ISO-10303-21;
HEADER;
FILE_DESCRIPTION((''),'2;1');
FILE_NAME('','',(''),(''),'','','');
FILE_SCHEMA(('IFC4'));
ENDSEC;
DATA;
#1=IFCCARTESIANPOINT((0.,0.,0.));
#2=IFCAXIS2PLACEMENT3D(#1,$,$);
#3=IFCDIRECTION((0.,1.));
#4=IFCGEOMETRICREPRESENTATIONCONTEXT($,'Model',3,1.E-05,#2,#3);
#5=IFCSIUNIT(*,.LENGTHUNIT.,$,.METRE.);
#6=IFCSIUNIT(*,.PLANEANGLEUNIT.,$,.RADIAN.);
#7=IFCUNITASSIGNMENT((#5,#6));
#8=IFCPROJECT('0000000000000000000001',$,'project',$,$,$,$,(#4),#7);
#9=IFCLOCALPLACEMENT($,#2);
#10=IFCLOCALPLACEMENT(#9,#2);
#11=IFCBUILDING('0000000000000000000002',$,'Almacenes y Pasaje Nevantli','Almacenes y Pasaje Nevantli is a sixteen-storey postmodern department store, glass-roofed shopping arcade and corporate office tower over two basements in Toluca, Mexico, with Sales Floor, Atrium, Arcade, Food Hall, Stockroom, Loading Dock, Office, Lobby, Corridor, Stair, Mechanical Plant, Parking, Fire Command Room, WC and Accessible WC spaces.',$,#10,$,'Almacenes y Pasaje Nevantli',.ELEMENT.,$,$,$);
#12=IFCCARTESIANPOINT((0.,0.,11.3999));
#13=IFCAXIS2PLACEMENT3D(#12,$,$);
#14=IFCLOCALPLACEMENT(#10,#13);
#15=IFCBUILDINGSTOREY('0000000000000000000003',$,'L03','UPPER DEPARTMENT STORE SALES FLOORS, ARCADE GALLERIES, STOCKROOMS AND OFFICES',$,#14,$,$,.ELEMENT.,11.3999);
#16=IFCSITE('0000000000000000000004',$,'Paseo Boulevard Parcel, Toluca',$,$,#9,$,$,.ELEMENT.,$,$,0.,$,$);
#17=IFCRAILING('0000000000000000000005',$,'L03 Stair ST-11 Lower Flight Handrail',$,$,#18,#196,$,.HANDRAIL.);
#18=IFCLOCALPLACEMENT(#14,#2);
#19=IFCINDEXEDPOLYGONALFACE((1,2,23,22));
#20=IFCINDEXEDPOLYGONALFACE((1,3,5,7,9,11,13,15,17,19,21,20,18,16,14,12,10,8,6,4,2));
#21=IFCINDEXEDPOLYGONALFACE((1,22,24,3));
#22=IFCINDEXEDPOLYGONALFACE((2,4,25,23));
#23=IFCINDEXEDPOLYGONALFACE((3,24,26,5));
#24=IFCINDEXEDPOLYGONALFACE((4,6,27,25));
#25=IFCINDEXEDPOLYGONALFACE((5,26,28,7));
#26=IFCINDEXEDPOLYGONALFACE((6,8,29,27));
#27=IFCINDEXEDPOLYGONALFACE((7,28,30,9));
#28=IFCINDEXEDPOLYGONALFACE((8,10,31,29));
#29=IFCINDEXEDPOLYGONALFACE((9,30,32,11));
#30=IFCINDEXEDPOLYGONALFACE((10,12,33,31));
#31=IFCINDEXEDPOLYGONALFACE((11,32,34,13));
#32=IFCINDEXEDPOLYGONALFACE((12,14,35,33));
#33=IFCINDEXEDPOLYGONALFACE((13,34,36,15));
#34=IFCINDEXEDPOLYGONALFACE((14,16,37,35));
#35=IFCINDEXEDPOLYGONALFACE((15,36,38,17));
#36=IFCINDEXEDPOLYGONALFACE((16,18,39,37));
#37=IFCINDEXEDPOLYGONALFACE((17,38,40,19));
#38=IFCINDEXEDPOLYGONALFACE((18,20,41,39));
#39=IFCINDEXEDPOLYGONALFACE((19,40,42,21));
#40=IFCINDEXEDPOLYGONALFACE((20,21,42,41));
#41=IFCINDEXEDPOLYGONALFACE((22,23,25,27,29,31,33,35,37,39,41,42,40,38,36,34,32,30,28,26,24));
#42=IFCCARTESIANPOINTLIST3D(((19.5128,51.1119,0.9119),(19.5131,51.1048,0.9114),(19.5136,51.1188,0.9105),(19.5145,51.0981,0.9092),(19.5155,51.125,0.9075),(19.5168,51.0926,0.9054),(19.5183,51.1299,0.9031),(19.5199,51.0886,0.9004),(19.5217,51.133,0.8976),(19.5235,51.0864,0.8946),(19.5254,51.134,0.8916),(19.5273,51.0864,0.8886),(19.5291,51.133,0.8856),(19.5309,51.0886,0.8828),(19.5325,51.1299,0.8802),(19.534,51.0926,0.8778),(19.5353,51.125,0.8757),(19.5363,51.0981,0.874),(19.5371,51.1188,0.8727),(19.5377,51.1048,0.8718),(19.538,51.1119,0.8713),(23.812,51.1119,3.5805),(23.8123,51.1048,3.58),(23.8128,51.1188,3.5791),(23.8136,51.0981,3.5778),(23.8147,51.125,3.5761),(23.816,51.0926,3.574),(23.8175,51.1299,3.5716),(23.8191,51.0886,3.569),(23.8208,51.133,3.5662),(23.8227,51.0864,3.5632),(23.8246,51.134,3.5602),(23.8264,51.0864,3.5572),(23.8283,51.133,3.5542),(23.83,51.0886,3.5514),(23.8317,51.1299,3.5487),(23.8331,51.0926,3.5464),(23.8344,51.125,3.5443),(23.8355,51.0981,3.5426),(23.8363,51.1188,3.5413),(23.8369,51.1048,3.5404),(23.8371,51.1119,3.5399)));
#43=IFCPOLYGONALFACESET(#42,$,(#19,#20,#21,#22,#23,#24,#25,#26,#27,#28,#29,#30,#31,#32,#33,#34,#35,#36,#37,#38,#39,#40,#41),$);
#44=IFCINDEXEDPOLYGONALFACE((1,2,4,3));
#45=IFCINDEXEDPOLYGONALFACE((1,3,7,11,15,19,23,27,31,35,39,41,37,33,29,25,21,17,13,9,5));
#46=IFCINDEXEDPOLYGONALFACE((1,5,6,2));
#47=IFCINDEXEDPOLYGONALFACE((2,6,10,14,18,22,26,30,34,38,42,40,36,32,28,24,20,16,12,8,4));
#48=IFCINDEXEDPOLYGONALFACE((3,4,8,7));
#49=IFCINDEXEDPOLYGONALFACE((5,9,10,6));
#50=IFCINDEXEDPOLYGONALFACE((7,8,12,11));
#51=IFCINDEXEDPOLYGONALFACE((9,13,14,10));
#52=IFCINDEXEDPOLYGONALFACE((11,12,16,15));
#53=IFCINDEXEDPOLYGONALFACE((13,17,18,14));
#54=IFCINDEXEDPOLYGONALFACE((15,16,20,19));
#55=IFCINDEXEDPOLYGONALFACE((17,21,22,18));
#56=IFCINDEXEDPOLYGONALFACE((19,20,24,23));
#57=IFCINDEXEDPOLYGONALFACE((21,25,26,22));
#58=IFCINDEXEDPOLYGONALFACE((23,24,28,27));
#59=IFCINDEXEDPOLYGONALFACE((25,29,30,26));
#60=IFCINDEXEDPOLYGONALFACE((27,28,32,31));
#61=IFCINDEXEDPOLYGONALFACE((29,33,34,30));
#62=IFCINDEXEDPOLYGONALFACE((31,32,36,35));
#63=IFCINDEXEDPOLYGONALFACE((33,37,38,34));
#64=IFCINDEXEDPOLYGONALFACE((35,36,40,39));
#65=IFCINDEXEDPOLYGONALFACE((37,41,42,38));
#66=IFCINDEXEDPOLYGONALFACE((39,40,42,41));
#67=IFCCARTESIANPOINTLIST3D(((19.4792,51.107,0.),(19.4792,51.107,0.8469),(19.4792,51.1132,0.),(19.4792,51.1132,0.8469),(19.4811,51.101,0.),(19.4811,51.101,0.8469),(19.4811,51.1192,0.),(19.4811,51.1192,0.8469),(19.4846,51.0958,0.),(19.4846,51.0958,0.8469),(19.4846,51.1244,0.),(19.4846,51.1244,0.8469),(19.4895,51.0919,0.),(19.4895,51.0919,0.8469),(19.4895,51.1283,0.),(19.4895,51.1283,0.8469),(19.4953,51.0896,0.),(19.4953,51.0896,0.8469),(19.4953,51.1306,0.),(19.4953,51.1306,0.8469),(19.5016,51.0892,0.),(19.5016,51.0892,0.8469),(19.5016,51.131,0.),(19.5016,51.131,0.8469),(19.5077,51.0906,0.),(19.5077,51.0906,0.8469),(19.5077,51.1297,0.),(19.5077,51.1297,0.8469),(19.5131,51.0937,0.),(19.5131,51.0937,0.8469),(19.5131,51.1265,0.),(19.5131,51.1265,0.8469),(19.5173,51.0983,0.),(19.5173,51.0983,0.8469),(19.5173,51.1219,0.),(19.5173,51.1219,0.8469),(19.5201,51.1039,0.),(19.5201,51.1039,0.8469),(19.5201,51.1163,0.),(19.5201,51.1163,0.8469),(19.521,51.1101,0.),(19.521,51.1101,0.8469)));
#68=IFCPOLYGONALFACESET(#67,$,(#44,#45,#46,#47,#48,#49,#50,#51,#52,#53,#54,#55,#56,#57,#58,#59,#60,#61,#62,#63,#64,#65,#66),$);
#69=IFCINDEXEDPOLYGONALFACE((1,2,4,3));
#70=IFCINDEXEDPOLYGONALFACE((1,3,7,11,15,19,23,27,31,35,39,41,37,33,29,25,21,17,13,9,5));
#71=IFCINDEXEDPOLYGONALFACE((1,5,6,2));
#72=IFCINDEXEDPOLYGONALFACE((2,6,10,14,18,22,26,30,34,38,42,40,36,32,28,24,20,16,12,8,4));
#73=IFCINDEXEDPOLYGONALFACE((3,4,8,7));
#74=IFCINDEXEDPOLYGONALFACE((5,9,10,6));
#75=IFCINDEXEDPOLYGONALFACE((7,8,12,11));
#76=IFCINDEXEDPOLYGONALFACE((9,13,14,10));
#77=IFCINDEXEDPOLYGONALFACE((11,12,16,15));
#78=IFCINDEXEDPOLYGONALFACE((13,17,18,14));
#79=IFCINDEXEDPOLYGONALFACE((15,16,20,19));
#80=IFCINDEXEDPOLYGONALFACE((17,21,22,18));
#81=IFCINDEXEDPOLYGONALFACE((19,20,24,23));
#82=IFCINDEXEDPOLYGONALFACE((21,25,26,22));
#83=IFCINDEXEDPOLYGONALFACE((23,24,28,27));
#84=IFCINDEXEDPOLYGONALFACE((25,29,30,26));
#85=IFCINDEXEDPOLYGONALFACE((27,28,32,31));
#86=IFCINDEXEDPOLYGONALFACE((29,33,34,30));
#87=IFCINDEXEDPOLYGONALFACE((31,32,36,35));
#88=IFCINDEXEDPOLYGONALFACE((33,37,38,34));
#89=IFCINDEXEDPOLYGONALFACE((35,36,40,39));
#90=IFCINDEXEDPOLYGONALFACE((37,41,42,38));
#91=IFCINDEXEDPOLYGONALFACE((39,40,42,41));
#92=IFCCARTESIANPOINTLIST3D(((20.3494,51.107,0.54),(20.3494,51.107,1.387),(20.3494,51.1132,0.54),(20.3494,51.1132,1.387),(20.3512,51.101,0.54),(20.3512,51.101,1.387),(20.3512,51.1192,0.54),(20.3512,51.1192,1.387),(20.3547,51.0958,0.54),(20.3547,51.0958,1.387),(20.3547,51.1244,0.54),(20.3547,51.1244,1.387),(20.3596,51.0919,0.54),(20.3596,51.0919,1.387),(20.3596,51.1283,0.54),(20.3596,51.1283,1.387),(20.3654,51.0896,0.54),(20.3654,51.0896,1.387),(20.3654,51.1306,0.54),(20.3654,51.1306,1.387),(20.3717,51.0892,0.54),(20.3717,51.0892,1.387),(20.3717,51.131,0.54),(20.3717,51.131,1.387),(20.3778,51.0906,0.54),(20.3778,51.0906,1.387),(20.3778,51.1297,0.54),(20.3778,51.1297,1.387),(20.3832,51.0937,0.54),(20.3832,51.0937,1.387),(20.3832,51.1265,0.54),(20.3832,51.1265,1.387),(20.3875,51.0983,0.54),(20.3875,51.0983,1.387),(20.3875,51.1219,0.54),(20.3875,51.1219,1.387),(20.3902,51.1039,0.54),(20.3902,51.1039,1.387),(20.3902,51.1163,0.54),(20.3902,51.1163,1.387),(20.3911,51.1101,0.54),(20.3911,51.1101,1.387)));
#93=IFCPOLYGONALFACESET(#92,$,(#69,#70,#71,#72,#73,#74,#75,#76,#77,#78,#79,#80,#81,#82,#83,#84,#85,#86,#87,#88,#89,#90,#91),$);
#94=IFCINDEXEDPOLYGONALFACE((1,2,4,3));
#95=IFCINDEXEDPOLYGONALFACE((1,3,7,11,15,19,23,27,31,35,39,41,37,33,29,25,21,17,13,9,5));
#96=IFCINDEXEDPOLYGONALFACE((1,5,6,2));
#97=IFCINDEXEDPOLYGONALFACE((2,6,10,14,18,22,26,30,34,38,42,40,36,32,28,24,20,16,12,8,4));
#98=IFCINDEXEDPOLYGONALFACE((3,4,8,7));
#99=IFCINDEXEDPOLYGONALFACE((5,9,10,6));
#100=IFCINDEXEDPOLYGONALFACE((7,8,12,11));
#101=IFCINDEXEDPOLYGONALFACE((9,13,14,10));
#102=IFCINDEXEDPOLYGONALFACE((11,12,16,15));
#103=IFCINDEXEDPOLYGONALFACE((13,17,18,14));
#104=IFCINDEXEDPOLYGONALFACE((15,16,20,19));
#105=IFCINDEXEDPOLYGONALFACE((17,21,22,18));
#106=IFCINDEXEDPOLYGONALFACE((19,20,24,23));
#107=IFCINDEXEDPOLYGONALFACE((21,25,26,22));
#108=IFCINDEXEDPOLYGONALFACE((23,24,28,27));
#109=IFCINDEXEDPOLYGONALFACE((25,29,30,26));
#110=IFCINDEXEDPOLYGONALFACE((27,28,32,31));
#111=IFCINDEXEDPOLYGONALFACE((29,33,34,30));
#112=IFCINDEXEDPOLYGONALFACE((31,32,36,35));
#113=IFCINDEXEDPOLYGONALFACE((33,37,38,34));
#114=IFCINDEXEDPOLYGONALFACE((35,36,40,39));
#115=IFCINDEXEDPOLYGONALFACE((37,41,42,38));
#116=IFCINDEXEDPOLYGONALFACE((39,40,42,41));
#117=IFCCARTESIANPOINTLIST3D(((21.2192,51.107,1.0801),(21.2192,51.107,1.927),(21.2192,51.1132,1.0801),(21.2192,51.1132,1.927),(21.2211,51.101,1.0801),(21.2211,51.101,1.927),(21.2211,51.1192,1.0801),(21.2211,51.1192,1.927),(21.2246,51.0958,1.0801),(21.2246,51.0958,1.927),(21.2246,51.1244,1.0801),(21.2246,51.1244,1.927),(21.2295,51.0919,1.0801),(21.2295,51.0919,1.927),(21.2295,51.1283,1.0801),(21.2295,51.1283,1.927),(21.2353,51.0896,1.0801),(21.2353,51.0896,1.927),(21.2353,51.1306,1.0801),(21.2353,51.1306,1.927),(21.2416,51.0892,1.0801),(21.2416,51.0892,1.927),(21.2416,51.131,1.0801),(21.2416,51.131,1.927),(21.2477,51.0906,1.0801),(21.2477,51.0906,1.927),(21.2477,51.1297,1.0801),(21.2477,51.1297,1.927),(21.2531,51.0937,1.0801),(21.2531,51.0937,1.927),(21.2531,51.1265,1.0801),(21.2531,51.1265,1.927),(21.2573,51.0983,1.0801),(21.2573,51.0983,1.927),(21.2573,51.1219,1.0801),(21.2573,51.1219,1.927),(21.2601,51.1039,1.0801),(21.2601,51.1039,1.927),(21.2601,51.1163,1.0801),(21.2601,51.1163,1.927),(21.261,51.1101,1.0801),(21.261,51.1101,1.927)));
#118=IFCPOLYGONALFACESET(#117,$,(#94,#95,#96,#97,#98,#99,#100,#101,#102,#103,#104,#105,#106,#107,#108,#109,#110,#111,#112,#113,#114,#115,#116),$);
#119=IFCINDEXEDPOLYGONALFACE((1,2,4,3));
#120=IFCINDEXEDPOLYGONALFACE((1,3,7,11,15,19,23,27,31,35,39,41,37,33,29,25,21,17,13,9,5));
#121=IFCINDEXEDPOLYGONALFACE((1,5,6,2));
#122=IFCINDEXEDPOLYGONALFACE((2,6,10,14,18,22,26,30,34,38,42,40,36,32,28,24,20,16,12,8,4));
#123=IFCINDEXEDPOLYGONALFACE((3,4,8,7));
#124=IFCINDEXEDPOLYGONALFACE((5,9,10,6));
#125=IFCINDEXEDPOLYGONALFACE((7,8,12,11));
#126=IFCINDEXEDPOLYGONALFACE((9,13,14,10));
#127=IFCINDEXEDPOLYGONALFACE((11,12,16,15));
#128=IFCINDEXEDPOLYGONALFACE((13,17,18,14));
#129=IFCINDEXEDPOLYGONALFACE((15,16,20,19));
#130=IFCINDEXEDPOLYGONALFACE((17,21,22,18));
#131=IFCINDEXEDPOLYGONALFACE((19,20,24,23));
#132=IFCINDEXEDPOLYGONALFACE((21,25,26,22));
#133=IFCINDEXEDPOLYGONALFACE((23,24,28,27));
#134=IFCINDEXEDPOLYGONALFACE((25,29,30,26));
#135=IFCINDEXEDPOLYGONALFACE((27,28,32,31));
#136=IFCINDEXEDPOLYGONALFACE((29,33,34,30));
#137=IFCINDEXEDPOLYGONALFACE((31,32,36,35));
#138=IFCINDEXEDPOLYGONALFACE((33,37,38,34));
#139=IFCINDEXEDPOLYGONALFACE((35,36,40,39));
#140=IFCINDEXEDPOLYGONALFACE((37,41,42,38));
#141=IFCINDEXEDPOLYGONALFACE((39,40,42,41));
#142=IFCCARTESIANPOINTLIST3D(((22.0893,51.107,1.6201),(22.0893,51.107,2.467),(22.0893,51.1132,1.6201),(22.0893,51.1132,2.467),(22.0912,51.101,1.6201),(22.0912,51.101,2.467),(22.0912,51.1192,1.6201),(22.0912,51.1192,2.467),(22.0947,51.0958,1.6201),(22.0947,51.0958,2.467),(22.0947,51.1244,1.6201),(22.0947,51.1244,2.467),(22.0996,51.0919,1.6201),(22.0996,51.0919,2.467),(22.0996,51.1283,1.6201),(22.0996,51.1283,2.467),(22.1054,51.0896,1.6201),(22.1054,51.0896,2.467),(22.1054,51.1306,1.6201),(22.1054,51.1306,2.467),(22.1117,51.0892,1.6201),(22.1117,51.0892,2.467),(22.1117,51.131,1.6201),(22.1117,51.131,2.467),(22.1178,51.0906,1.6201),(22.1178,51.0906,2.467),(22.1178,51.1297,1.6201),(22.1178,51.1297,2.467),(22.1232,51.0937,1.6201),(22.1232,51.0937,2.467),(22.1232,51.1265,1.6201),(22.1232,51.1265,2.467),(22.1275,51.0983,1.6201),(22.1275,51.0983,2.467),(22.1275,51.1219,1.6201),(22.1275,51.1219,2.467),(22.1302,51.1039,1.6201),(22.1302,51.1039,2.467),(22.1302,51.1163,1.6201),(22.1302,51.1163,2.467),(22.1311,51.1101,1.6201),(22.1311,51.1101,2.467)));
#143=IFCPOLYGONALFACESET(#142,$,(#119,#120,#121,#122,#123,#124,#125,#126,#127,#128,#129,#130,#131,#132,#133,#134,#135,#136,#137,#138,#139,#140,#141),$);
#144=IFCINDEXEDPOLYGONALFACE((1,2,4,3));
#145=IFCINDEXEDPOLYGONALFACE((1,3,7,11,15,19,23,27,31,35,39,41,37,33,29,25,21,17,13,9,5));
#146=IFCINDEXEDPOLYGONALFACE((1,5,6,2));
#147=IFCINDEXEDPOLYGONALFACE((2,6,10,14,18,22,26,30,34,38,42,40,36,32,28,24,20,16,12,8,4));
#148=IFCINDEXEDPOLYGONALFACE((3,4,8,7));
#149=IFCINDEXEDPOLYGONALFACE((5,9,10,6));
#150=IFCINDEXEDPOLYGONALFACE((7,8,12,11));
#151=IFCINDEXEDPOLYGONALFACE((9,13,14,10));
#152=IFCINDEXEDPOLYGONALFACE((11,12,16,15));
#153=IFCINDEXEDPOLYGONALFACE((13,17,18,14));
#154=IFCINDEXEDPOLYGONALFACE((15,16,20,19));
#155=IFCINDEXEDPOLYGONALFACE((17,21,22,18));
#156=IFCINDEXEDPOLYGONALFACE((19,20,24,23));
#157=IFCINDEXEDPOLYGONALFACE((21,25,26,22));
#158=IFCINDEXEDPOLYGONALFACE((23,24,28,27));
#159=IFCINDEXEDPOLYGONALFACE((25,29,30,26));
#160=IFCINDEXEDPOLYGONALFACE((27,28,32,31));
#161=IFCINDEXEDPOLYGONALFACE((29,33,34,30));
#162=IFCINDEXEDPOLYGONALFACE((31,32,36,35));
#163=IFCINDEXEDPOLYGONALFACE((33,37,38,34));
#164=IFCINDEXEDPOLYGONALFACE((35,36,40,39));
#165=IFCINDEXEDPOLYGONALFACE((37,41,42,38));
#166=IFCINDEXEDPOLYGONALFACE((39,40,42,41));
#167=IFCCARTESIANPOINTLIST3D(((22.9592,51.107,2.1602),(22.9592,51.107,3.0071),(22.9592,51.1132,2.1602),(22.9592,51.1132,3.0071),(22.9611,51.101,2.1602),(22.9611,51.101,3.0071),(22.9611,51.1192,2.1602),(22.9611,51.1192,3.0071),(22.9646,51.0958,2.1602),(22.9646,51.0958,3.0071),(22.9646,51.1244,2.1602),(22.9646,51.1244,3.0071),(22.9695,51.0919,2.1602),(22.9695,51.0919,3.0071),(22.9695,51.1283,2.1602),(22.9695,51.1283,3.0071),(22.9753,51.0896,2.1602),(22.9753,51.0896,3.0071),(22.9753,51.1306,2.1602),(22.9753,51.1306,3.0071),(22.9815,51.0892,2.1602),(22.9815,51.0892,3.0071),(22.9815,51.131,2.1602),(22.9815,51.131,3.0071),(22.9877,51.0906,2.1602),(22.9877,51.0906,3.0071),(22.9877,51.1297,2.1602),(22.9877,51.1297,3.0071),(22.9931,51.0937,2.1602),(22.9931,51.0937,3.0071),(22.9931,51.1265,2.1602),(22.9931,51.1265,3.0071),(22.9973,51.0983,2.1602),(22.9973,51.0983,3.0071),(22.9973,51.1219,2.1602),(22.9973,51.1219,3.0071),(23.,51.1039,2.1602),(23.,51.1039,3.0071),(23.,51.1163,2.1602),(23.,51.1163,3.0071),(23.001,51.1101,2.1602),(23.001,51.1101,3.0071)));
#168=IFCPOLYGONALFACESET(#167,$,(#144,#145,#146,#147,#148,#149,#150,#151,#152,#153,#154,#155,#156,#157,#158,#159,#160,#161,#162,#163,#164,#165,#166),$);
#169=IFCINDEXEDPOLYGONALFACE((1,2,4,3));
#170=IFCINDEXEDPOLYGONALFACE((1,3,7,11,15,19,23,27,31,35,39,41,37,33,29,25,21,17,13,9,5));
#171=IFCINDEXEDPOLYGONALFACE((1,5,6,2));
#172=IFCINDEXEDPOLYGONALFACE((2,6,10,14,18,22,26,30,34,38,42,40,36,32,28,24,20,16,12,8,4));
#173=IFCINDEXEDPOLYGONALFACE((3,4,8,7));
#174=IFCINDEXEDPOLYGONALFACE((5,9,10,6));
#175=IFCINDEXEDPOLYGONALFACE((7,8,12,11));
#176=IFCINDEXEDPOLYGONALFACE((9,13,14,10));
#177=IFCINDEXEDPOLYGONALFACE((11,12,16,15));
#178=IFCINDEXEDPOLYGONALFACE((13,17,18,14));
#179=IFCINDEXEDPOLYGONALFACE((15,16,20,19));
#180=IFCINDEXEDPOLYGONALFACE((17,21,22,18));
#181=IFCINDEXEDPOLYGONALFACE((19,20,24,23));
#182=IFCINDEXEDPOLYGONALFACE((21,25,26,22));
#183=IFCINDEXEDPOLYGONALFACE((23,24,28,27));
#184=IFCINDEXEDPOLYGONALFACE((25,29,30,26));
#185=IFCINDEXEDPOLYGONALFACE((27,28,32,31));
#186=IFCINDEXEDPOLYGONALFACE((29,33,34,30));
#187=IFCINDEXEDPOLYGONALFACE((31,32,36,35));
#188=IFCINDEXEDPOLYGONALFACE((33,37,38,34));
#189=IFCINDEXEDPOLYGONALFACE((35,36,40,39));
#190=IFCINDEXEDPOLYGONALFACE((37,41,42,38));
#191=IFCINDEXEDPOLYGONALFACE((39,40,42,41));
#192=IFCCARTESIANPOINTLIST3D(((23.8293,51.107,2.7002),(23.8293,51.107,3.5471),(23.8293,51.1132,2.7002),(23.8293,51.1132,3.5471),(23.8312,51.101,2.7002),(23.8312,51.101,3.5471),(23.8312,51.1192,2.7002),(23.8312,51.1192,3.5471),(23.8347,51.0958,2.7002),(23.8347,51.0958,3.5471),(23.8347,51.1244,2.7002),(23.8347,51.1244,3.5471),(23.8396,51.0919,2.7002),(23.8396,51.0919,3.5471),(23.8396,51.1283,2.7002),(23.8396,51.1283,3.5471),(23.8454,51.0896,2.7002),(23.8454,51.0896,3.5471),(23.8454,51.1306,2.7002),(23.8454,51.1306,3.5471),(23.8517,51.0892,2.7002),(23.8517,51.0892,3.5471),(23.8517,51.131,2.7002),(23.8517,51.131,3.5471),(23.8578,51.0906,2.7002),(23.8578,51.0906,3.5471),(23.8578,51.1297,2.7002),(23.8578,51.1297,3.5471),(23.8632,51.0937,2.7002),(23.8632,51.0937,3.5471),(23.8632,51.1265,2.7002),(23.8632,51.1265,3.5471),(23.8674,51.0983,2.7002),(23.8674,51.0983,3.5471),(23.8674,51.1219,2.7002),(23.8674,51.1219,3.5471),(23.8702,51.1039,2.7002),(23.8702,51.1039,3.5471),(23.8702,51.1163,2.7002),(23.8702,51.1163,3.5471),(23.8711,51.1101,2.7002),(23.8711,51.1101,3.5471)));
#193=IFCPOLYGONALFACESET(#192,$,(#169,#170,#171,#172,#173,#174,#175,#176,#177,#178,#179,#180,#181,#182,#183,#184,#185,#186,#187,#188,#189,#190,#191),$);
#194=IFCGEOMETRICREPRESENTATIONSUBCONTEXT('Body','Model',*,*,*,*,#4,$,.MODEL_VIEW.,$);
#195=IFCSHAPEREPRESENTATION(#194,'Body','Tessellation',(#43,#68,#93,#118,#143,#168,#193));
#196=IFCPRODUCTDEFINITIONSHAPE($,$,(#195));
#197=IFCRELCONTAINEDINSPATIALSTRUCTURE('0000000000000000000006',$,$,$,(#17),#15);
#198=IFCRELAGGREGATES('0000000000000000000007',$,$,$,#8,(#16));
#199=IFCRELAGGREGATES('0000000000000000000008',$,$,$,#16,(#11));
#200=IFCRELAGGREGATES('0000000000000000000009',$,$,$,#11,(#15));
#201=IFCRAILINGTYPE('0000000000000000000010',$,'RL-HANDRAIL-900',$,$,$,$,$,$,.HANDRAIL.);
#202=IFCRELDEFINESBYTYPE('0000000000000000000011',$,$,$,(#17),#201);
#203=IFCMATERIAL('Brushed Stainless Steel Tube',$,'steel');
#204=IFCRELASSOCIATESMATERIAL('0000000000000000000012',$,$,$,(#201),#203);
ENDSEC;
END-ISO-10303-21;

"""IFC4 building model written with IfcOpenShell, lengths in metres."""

from ifc_helpers import new_model, si_unit, direction, frame, origin, origin_2d, place, context, subcontext, project, spatial, circle, extrude, material, type_object, element, save


model = new_model("IFC4")

# Units and contexts
model_context = context("Model", 3, precision=1e-05, world=origin(), true_north=direction((0.0, 1.0)))
body_context = subcontext(model_context, "Body", "Model", "MODEL_VIEW")
ifc_project = project(units=[si_unit("LENGTHUNIT", "METRE"), si_unit("PLANEANGLEUNIT", "RADIAN")], contexts=[model_context])

# Site, building, storey
site_placement = place(None, origin())
site = spatial("IfcSite", under=ifc_project, at=site_placement, Name="Paseo Boulevard Parcel, Toluca", CompositionType="ELEMENT", RefElevation=0.0)
building_placement = place(site_placement, origin())
building = spatial("IfcBuilding", under=site, at=building_placement, Name="Almacenes y Pasaje Nevantli", Description="Almacenes y Pasaje Nevantli is a sixteen-storey postmodern department store, glass-roofed shopping arcade and corporate office tower over two basements in Toluca, Mexico, with Sales Floor, Atrium, Arcade, Food Hall, Stockroom, Loading Dock, Office, Lobby, Corridor, Stair, Mechanical Plant, Parking, Fire Command Room, WC and Accessible WC spaces.", LongName="Almacenes y Pasaje Nevantli", CompositionType="ELEMENT")
storey_placement = place(building_placement, frame((0.0, 0.0, 11.3999)))
storey = spatial("IfcBuildingStorey", under=building, at=storey_placement, Name="L03", Description="UPPER DEPARTMENT STORE SALES FLOORS, ARCADE GALLERIES, STOCKROOMS AND OFFICES", CompositionType="ELEMENT", Elevation=11.3999)

# Railing
ifc_material_1 = material(Name="Brushed Stainless Steel Tube", Category="steel")
railing_type_1 = type_object("IfcRailingType", Name="RL-HANDRAIL-900", PredefinedType="HANDRAIL", material=ifc_material_1)
railing_1_placement = place(storey_placement, frame((19.5, 51.1101, 0.0)))
element("IfcRailing", 1, at=railing_1_placement, inside=storey, type_object=railing_type_1, Name="L03 Stair ST-11 Lower Flight Handrail", PredefinedType="HANDRAIL", context=body_context, shape_type="SweptSolid", body=[
    extrude(circle(Radius=0.0239, at=origin_2d()), frame((0.0254, 0.0, 0.8916), z_axis=(0.849628, 0.0, 0.527382), x_axis=(0.0, 1.0, 0.0)), (0.0, 0.0, 1.0), 5.0601),
    extrude(circle(Radius=0.021, at=origin_2d()), origin(), (0.0, 0.0, 1.0), 0.8469),
    extrude(circle(Radius=0.021, at=origin_2d()), frame((0.8701, 0.0, 0.54)), (0.0, 0.0, 1.0), 0.8469),
    extrude(circle(Radius=0.021, at=origin_2d()), frame((1.74, 0.0, 1.0801)), (0.0, 0.0, 1.0), 0.8469),
    extrude(circle(Radius=0.021, at=origin_2d()), frame((2.6101, 0.0, 1.6201)), (0.0, 0.0, 1.0), 0.8469),
    extrude(circle(Radius=0.021, at=origin_2d()), frame((3.48, 0.0, 2.1602)), (0.0, 0.0, 1.0), 0.8469),
    extrude(circle(Radius=0.021, at=origin_2d()), frame((4.3501, 0.0, 2.7002)), (0.0, 0.0, 1.0), 0.8469),
])

save(model, "model.ifc")
